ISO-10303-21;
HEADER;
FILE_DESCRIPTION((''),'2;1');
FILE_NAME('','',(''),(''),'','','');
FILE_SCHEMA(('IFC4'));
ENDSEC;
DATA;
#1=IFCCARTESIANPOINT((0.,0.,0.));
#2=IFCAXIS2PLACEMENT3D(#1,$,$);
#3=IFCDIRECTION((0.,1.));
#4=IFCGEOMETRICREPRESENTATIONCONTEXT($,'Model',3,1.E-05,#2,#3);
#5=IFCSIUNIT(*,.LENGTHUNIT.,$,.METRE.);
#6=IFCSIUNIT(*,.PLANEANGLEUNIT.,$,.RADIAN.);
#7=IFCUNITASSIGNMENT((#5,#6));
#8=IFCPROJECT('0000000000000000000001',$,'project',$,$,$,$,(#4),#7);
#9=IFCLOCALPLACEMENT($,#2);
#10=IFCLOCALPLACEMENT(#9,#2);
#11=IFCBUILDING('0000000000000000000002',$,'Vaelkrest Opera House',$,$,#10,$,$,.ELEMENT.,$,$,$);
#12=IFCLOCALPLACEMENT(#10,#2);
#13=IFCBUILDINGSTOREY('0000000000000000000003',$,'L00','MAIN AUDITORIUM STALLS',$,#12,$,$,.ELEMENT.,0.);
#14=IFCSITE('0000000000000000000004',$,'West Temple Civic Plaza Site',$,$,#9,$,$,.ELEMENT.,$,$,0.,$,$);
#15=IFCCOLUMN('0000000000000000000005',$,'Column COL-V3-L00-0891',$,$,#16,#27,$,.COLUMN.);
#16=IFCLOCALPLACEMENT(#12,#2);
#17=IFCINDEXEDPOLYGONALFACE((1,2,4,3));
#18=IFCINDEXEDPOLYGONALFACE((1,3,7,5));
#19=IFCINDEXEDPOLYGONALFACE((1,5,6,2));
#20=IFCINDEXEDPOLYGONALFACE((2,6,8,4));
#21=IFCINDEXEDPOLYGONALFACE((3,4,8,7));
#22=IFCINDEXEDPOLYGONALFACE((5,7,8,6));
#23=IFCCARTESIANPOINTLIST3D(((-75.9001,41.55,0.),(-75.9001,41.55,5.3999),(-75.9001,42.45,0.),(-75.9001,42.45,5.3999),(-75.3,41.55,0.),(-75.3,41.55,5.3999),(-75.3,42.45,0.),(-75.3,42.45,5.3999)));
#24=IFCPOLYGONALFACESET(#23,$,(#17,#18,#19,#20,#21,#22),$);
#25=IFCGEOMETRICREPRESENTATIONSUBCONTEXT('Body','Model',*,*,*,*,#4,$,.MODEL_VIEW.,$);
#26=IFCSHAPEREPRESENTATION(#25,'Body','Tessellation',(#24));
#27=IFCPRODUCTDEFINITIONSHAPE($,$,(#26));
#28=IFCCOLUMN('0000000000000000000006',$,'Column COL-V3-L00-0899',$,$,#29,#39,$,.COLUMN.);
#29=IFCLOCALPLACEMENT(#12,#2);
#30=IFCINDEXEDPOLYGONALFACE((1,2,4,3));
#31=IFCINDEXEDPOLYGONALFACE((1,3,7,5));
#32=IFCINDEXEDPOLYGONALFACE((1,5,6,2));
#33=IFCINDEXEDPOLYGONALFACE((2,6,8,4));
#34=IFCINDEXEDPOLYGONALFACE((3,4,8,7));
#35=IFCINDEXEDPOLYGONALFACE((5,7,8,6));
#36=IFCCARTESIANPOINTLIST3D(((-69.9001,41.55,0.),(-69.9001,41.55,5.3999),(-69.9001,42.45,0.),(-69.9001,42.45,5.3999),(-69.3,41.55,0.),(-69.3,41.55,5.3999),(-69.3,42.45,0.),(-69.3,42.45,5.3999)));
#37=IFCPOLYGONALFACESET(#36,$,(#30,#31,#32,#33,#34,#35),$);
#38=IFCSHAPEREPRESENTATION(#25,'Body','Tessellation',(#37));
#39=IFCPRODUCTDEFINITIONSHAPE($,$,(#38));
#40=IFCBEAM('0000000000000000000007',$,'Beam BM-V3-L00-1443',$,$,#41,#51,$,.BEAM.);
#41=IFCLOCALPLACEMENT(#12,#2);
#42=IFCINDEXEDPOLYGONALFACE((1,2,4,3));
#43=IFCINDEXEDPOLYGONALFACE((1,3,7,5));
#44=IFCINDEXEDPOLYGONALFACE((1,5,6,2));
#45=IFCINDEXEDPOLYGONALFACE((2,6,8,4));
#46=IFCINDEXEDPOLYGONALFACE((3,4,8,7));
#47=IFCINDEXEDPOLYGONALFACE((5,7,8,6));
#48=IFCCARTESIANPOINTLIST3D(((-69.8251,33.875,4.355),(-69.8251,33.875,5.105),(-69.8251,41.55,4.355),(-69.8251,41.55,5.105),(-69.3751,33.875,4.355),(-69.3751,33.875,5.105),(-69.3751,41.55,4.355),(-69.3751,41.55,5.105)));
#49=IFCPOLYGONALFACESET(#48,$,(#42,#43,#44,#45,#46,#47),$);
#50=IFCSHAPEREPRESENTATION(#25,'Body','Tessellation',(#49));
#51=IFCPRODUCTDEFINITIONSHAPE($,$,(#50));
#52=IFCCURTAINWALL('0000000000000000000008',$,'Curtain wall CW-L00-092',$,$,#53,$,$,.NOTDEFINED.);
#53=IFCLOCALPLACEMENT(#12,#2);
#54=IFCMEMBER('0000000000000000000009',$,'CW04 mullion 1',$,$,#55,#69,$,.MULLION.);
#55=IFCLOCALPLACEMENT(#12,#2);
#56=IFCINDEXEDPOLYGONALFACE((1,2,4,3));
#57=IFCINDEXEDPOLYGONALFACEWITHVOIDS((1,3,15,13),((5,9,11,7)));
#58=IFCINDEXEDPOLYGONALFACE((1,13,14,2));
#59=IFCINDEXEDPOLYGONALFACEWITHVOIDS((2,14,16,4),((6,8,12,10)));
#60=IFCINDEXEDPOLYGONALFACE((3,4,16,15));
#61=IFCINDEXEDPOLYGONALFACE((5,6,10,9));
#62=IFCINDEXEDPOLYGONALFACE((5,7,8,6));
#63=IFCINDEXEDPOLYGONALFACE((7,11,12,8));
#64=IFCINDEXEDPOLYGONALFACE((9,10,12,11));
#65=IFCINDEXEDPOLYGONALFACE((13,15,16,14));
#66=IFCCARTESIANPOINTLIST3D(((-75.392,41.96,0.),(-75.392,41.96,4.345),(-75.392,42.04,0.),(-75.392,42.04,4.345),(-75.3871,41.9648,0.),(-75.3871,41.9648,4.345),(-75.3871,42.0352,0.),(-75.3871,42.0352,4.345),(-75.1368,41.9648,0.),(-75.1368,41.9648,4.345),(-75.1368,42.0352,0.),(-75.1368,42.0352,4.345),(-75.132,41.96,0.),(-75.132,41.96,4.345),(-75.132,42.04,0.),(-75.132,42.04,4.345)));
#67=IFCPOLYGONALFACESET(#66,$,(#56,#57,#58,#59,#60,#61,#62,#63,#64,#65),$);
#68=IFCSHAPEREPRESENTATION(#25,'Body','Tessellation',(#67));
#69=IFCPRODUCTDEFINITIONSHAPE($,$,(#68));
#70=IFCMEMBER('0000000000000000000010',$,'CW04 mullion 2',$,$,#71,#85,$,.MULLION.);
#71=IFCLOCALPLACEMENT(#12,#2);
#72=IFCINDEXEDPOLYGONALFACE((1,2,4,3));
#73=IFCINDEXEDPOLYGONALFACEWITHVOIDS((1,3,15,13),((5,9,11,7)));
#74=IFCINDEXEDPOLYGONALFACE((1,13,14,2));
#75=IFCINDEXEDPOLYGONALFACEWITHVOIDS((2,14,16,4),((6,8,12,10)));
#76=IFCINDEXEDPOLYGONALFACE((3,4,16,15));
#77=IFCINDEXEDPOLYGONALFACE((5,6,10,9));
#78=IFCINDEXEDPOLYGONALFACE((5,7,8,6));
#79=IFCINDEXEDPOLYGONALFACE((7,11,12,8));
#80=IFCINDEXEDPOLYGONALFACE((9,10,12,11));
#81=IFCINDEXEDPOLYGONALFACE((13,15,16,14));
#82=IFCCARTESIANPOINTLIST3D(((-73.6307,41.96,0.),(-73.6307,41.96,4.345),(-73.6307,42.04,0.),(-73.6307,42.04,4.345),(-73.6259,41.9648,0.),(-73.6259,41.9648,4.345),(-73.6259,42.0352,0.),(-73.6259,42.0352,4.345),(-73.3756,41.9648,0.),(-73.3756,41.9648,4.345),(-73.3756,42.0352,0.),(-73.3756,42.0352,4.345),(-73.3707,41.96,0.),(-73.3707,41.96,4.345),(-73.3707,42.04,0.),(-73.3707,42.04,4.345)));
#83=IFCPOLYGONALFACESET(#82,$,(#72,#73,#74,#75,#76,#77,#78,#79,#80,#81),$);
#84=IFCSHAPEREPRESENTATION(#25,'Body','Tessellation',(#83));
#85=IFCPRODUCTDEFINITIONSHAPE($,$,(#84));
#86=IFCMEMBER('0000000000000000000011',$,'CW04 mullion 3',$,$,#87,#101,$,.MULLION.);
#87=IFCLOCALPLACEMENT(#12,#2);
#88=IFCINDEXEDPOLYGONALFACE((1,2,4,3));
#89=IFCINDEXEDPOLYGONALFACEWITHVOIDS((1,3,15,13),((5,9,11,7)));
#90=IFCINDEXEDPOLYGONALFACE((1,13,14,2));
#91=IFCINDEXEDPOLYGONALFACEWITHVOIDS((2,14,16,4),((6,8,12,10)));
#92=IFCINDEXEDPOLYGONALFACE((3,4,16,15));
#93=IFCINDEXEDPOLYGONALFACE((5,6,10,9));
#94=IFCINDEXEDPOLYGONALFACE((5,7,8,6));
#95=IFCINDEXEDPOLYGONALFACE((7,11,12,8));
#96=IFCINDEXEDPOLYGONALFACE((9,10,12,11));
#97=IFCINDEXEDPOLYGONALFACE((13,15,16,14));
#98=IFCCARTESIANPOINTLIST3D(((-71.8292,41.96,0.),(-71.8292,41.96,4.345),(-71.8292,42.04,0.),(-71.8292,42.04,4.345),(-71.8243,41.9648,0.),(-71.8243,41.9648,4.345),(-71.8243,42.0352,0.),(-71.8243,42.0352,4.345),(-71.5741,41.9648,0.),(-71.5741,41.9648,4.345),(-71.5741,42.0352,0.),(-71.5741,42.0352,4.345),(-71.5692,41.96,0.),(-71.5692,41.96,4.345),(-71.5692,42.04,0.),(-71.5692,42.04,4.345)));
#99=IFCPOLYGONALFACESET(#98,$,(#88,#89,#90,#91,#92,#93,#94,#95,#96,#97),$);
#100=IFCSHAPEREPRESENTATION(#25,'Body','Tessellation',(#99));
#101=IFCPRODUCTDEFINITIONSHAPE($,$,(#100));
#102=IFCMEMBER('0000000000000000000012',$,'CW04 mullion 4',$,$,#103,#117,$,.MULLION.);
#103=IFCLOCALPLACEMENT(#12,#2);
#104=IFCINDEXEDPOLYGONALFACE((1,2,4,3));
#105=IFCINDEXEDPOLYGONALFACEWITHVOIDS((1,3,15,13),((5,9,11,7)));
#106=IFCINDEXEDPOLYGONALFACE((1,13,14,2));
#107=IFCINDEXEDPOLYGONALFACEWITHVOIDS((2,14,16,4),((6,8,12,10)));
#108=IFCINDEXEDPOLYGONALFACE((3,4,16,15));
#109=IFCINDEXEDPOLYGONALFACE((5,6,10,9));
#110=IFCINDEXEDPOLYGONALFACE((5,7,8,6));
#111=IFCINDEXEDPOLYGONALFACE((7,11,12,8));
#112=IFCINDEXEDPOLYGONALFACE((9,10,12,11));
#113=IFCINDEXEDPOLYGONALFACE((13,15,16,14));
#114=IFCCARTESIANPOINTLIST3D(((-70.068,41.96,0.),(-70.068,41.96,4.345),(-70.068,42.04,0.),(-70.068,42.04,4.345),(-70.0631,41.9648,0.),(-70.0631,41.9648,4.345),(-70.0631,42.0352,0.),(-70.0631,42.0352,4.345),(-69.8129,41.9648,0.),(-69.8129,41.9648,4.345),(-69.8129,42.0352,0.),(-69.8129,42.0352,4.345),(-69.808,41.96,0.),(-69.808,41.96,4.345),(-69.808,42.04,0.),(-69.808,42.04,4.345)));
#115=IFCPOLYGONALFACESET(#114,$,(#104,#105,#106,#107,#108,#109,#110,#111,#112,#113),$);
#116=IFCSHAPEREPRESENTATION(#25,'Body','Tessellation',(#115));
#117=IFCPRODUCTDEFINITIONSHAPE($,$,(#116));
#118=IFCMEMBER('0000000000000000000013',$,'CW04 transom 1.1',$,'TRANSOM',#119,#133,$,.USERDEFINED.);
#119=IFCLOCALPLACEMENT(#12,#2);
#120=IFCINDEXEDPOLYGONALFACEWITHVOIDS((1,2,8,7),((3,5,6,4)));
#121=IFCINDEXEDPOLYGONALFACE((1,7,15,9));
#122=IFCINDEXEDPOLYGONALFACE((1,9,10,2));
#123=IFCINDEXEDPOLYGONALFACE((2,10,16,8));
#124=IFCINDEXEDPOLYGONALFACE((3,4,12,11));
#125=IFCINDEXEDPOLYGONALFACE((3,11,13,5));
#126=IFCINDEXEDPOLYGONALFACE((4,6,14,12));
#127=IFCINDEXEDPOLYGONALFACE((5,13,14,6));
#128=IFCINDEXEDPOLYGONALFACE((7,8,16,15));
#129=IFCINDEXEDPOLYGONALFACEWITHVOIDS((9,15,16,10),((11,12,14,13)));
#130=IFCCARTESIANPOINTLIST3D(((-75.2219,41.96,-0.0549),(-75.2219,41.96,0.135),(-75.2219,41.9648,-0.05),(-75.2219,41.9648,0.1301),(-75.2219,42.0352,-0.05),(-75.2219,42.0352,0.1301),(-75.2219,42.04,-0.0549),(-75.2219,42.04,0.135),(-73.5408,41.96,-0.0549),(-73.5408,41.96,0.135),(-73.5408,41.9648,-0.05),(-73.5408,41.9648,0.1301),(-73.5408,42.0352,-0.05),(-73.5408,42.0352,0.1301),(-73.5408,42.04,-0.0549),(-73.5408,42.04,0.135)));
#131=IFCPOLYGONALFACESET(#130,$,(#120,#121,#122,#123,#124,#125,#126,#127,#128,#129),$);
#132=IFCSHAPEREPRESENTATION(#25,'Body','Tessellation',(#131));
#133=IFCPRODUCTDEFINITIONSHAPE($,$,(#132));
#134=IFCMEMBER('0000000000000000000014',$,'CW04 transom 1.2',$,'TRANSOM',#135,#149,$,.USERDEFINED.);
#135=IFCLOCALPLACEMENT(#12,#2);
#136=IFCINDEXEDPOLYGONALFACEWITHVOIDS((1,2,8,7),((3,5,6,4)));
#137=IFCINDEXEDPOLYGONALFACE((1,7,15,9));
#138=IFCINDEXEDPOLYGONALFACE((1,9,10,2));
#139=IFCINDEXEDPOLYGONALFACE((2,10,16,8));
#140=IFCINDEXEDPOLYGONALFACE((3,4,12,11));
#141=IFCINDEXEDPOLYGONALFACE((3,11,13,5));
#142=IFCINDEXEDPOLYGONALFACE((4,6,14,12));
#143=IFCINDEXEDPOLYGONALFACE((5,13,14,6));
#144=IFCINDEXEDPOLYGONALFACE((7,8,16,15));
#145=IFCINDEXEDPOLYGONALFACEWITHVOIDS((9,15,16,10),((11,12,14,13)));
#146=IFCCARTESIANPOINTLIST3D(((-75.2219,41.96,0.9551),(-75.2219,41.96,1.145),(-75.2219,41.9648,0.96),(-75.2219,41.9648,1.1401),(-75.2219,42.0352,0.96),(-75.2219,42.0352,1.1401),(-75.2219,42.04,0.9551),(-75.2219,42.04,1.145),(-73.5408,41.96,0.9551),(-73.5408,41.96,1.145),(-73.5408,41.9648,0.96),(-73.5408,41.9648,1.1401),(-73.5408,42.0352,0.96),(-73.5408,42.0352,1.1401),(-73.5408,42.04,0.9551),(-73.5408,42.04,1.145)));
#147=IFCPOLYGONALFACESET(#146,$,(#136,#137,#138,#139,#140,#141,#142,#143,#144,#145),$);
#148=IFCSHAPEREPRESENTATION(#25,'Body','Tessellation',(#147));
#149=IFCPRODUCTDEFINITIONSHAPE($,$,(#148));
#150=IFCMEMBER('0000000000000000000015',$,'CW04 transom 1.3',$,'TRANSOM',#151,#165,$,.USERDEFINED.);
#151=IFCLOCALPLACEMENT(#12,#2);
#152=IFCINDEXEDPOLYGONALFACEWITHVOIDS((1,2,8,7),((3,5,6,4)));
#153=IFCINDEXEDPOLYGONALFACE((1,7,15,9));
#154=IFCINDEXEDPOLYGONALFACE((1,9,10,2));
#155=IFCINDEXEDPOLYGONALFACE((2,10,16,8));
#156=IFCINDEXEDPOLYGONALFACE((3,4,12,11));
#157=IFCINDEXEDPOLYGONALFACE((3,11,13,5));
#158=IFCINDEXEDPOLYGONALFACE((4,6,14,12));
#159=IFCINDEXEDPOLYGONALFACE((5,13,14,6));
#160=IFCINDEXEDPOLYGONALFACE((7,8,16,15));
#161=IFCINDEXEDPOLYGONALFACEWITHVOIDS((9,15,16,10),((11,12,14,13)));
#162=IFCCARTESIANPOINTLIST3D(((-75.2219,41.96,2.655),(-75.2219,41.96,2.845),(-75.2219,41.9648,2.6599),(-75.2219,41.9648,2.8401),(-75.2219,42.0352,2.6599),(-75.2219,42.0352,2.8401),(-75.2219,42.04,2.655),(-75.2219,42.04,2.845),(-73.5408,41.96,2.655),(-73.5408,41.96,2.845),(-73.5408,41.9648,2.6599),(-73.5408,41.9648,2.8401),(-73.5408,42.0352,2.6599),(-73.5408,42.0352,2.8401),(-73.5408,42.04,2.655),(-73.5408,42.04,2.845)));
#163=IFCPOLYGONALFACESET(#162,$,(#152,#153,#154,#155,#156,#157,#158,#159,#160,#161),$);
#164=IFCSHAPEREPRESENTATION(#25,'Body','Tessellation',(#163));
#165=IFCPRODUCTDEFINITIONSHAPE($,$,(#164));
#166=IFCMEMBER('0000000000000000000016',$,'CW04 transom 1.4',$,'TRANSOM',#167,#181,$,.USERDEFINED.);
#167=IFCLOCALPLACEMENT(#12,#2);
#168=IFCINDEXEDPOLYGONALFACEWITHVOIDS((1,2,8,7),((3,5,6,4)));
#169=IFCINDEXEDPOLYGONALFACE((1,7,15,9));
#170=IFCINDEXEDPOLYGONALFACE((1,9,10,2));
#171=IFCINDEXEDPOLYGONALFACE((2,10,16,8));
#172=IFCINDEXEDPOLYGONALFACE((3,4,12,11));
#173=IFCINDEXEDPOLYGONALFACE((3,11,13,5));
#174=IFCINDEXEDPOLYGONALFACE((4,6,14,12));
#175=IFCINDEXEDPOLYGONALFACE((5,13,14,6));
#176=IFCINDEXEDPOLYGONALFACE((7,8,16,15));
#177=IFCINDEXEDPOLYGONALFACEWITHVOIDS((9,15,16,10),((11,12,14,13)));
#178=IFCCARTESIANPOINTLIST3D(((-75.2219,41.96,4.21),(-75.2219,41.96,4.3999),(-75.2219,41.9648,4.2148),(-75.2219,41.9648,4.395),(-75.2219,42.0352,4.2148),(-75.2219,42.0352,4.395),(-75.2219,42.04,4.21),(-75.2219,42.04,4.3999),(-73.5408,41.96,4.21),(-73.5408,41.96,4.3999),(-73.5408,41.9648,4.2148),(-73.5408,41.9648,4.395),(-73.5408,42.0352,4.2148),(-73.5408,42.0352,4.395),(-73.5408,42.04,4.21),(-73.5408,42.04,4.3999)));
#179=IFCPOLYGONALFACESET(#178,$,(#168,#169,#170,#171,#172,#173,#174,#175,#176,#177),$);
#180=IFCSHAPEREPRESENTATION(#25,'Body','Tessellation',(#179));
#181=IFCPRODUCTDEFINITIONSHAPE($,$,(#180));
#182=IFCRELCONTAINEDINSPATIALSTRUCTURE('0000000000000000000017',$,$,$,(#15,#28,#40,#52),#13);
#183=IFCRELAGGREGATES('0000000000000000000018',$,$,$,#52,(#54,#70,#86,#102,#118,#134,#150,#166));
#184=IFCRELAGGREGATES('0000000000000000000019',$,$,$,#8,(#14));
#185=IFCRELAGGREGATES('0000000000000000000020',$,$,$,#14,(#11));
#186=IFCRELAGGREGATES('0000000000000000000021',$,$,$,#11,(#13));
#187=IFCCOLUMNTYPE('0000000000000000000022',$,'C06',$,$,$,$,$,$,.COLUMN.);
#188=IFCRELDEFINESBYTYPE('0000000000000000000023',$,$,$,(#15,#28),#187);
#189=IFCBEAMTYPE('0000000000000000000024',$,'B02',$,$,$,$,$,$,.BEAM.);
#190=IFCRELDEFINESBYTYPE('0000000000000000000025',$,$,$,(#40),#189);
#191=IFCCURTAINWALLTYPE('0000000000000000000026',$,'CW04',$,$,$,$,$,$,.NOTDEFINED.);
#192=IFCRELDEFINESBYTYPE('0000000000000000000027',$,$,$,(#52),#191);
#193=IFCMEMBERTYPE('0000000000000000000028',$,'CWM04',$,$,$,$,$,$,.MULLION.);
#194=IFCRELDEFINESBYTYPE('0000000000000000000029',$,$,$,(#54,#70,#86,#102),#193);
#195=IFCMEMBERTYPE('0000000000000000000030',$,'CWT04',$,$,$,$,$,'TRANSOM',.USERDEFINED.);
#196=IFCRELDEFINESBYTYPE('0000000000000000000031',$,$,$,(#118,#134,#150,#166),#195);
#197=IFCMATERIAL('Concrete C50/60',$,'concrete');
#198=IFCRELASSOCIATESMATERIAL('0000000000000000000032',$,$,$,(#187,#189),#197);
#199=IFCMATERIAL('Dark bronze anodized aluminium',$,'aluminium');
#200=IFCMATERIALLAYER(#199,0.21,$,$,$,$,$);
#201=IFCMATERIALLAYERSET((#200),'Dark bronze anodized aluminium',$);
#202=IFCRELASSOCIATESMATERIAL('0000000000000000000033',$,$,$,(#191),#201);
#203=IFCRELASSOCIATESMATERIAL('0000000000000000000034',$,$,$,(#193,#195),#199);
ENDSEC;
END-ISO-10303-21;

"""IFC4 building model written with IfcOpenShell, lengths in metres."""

from ifc_helpers import new_model, si_unit, direction, frame, origin, origin_2d, place, context, subcontext, project, spatial, rectangle, hollow_rectangle, extrude, material, layer, layer_set, material_profile, profile_set, type_object, element, aggregate, save


model = new_model("IFC4")

# Units and contexts
model_context = context("Model", 3, precision=1e-05, world=origin(), true_north=direction((0.0, 1.0)))
body_context = subcontext(model_context, "Body", "Model", "MODEL_VIEW")
ifc_project = project(units=[si_unit("LENGTHUNIT", "METRE"), si_unit("PLANEANGLEUNIT", "RADIAN")], contexts=[model_context])

# Site, building, storey
site_placement = place(None, origin())
site = spatial("IfcSite", under=ifc_project, at=site_placement, Name="West Temple Civic Plaza Site", CompositionType="ELEMENT", RefElevation=0.0)
building_placement = place(site_placement, origin())
building = spatial("IfcBuilding", under=site, at=building_placement, Name="Vaelkrest Opera House", CompositionType="ELEMENT")
storey_placement = place(building_placement, origin())
storey = spatial("IfcBuildingStorey", under=building, at=storey_placement, Name="L00", Description="MAIN AUDITORIUM STALLS", CompositionType="ELEMENT", Elevation=0.0)

# Columns
ifc_material_1 = material(Name="Concrete C50/60", Category="concrete")
ifc_material_profile_1 = material_profile(ifc_material_1, rectangle(XDim=0.6001, YDim=0.8999, at=origin_2d()), Name="RC600X900")
ifc_profile_set_1 = profile_set([ifc_material_profile_1], Name="Concrete C50/60")
column_type = type_object("IfcColumnType", Name="C06", PredefinedType="COLUMN", material=ifc_profile_set_1)
for number, where, z_axis, x_axis, name in (
    (1, (-75.6001, 42.0, 0.0), (0.0, 0.0, 1.0), (1.0, 0.0, 0.0), "Column COL-V3-L00-0891"),
    (2, (-69.6001, 42.0, 0.0), (0.0, 0.0, 1.0), (1.0, 0.0, 0.0), "Column COL-V3-L00-0899"),
):
    element("IfcColumn", number, at=place(storey_placement, frame(where, z_axis=z_axis, x_axis=x_axis)), inside=storey, type_object=column_type, Name=name, PredefinedType="COLUMN", context=body_context, shape_type="SweptSolid", body=[
        extrude(rectangle(XDim=0.6001, YDim=0.8999, at=origin_2d()), origin(), (0.0, 0.0, 1.0), 5.3999),
    ])

# Beam
ifc_material_profile_2 = material_profile(ifc_material_1, rectangle(XDim=0.45, YDim=0.75, at=origin_2d()), Name="RCB450X750")
ifc_profile_set_2 = profile_set([ifc_material_profile_2], Name="Concrete C50/60")
beam_type_1 = type_object("IfcBeamType", Name="B02", PredefinedType="BEAM", material=ifc_profile_set_2)
beam_1_placement = place(storey_placement, frame((-69.6001, 33.875, 4.73), z_axis=(0.0, 1.0, 0.0), x_axis=(-1.0, 0.0, 0.0)))
element("IfcBeam", 3, at=beam_1_placement, inside=storey, type_object=beam_type_1, Name="Beam BM-V3-L00-1443", PredefinedType="BEAM", context=body_context, shape_type="SweptSolid", body=[
    extrude(rectangle(XDim=0.45, YDim=0.75, at=origin_2d()), origin(), (0.0, 0.0, 1.0), 7.675),
])

# Curtain wall, members
ifc_material_2 = material(Name="Dark bronze anodized aluminium", Category="aluminium")
ifc_layer_1 = layer(ifc_material_2, 0.21)
ifc_layer_set_1 = layer_set([ifc_layer_1], Name="Dark bronze anodized aluminium")
curtain_wall_type = type_object("IfcCurtainWallType", Name="CW04", PredefinedType="NOTDEFINED", material=ifc_layer_set_1)
curtain_wall_placement = place(storey_placement, origin())
curtain_wall = element("IfcCurtainWall", 4, at=curtain_wall_placement, inside=storey, type_object=curtain_wall_type, Name="Curtain wall CW-L00-092", PredefinedType="NOTDEFINED")
ifc_material_profile_3 = material_profile(ifc_material_2, hollow_rectangle(XDim=0.0801, YDim=0.26, WallThickness=0.0049, at=origin_2d()), Name="CWM80X260")
ifc_profile_set_3 = profile_set([ifc_material_profile_3], Name="Dark bronze anodized aluminium")
member_type_1 = type_object("IfcMemberType", Name="CWM04", PredefinedType="MULLION", material=ifc_profile_set_3)
member_1_placement = place(storey_placement, frame((-75.262, 42.0, 0.0), z_axis=(0.0, 0.0, 1.0), x_axis=(0.0, 1.0, 0.0)))
member_1 = element("IfcMember", 5, at=member_1_placement, type_object=member_type_1, Name="CW04 mullion 1", PredefinedType="MULLION", context=body_context, shape_type="SweptSolid", body=[
    extrude(hollow_rectangle(XDim=0.0801, YDim=0.26, WallThickness=0.0049, at=origin_2d()), origin(), (0.0, 0.0, 1.0), 4.345),
])
member_2_placement = place(storey_placement, frame((-73.5007, 42.0, 0.0), z_axis=(0.0, 0.0, 1.0), x_axis=(0.0, 1.0, 0.0)))
member_2 = element("IfcMember", 6, at=member_2_placement, type_object=member_type_1, Name="CW04 mullion 2", PredefinedType="MULLION", context=body_context, shape_type="SweptSolid", body=[
    extrude(hollow_rectangle(XDim=0.0801, YDim=0.26, WallThickness=0.0049, at=origin_2d()), origin(), (0.0, 0.0, 1.0), 4.345),
])
member_3_placement = place(storey_placement, frame((-71.6992, 42.0, 0.0), z_axis=(0.0, 0.0, 1.0), x_axis=(0.0, 1.0, 0.0)))
member_3 = element("IfcMember", 7, at=member_3_placement, type_object=member_type_1, Name="CW04 mullion 3", PredefinedType="MULLION", context=body_context, shape_type="SweptSolid", body=[
    extrude(hollow_rectangle(XDim=0.0801, YDim=0.26, WallThickness=0.0049, at=origin_2d()), origin(), (0.0, 0.0, 1.0), 4.345),
])
member_4_placement = place(storey_placement, frame((-69.938, 42.0, 0.0), z_axis=(0.0, 0.0, 1.0), x_axis=(0.0, 1.0, 0.0)))
member_4 = element("IfcMember", 8, at=member_4_placement, type_object=member_type_1, Name="CW04 mullion 4", PredefinedType="MULLION", context=body_context, shape_type="SweptSolid", body=[
    extrude(hollow_rectangle(XDim=0.0801, YDim=0.26, WallThickness=0.0049, at=origin_2d()), origin(), (0.0, 0.0, 1.0), 4.345),
])
ifc_material_profile_4 = material_profile(ifc_material_2, hollow_rectangle(XDim=0.0801, YDim=0.1899, WallThickness=0.0049, at=origin_2d()), Name="CWT80X190")
ifc_profile_set_4 = profile_set([ifc_material_profile_4], Name="Dark bronze anodized aluminium")
member_type_2 = type_object("IfcMemberType", Name="CWT04", ElementType="TRANSOM", PredefinedType="USERDEFINED", material=ifc_profile_set_4)
member_5_placement = place(storey_placement, frame((-75.2219, 42.0, 0.04), z_axis=(1.0, 0.0, 0.0), x_axis=(0.0, 1.0, 0.0)))
member_5 = element("IfcMember", 9, at=member_5_placement, type_object=member_type_2, Name="CW04 transom 1.1", ObjectType="TRANSOM", PredefinedType="USERDEFINED", context=body_context, shape_type="SweptSolid", body=[
    extrude(hollow_rectangle(XDim=0.0801, YDim=0.1899, WallThickness=0.0049, at=origin_2d()), origin(), (0.0, 0.0, 1.0), 1.6812),
])
member_6_placement = place(storey_placement, frame((-75.2219, 42.0, 1.05), z_axis=(1.0, 0.0, 0.0), x_axis=(0.0, 1.0, 0.0)))
member_6 = element("IfcMember", 10, at=member_6_placement, type_object=member_type_2, Name="CW04 transom 1.2", ObjectType="TRANSOM", PredefinedType="USERDEFINED", context=body_context, shape_type="SweptSolid", body=[
    extrude(hollow_rectangle(XDim=0.0801, YDim=0.1899, WallThickness=0.0049, at=origin_2d()), origin(), (0.0, 0.0, 1.0), 1.6812),
])
member_7_placement = place(storey_placement, frame((-75.2219, 42.0, 2.75), z_axis=(1.0, 0.0, 0.0), x_axis=(0.0, 1.0, 0.0)))
member_7 = element("IfcMember", 11, at=member_7_placement, type_object=member_type_2, Name="CW04 transom 1.3", ObjectType="TRANSOM", PredefinedType="USERDEFINED", context=body_context, shape_type="SweptSolid", body=[
    extrude(hollow_rectangle(XDim=0.0801, YDim=0.1899, WallThickness=0.0049, at=origin_2d()), origin(), (0.0, 0.0, 1.0), 1.6812),
])
member_8_placement = place(storey_placement, frame((-75.2219, 42.0, 4.3049), z_axis=(1.0, 0.0, 0.0), x_axis=(0.0, 1.0, 0.0)))
member_8 = element("IfcMember", 12, at=member_8_placement, type_object=member_type_2, Name="CW04 transom 1.4", ObjectType="TRANSOM", PredefinedType="USERDEFINED", context=body_context, shape_type="SweptSolid", body=[
    extrude(hollow_rectangle(XDim=0.0801, YDim=0.1899, WallThickness=0.0049, at=origin_2d()), origin(), (0.0, 0.0, 1.0), 1.6812),
])

aggregate(curtain_wall, [member_1, member_2, member_3, member_4, member_5, member_6, member_7, member_8])

save(model, "model.ifc")
